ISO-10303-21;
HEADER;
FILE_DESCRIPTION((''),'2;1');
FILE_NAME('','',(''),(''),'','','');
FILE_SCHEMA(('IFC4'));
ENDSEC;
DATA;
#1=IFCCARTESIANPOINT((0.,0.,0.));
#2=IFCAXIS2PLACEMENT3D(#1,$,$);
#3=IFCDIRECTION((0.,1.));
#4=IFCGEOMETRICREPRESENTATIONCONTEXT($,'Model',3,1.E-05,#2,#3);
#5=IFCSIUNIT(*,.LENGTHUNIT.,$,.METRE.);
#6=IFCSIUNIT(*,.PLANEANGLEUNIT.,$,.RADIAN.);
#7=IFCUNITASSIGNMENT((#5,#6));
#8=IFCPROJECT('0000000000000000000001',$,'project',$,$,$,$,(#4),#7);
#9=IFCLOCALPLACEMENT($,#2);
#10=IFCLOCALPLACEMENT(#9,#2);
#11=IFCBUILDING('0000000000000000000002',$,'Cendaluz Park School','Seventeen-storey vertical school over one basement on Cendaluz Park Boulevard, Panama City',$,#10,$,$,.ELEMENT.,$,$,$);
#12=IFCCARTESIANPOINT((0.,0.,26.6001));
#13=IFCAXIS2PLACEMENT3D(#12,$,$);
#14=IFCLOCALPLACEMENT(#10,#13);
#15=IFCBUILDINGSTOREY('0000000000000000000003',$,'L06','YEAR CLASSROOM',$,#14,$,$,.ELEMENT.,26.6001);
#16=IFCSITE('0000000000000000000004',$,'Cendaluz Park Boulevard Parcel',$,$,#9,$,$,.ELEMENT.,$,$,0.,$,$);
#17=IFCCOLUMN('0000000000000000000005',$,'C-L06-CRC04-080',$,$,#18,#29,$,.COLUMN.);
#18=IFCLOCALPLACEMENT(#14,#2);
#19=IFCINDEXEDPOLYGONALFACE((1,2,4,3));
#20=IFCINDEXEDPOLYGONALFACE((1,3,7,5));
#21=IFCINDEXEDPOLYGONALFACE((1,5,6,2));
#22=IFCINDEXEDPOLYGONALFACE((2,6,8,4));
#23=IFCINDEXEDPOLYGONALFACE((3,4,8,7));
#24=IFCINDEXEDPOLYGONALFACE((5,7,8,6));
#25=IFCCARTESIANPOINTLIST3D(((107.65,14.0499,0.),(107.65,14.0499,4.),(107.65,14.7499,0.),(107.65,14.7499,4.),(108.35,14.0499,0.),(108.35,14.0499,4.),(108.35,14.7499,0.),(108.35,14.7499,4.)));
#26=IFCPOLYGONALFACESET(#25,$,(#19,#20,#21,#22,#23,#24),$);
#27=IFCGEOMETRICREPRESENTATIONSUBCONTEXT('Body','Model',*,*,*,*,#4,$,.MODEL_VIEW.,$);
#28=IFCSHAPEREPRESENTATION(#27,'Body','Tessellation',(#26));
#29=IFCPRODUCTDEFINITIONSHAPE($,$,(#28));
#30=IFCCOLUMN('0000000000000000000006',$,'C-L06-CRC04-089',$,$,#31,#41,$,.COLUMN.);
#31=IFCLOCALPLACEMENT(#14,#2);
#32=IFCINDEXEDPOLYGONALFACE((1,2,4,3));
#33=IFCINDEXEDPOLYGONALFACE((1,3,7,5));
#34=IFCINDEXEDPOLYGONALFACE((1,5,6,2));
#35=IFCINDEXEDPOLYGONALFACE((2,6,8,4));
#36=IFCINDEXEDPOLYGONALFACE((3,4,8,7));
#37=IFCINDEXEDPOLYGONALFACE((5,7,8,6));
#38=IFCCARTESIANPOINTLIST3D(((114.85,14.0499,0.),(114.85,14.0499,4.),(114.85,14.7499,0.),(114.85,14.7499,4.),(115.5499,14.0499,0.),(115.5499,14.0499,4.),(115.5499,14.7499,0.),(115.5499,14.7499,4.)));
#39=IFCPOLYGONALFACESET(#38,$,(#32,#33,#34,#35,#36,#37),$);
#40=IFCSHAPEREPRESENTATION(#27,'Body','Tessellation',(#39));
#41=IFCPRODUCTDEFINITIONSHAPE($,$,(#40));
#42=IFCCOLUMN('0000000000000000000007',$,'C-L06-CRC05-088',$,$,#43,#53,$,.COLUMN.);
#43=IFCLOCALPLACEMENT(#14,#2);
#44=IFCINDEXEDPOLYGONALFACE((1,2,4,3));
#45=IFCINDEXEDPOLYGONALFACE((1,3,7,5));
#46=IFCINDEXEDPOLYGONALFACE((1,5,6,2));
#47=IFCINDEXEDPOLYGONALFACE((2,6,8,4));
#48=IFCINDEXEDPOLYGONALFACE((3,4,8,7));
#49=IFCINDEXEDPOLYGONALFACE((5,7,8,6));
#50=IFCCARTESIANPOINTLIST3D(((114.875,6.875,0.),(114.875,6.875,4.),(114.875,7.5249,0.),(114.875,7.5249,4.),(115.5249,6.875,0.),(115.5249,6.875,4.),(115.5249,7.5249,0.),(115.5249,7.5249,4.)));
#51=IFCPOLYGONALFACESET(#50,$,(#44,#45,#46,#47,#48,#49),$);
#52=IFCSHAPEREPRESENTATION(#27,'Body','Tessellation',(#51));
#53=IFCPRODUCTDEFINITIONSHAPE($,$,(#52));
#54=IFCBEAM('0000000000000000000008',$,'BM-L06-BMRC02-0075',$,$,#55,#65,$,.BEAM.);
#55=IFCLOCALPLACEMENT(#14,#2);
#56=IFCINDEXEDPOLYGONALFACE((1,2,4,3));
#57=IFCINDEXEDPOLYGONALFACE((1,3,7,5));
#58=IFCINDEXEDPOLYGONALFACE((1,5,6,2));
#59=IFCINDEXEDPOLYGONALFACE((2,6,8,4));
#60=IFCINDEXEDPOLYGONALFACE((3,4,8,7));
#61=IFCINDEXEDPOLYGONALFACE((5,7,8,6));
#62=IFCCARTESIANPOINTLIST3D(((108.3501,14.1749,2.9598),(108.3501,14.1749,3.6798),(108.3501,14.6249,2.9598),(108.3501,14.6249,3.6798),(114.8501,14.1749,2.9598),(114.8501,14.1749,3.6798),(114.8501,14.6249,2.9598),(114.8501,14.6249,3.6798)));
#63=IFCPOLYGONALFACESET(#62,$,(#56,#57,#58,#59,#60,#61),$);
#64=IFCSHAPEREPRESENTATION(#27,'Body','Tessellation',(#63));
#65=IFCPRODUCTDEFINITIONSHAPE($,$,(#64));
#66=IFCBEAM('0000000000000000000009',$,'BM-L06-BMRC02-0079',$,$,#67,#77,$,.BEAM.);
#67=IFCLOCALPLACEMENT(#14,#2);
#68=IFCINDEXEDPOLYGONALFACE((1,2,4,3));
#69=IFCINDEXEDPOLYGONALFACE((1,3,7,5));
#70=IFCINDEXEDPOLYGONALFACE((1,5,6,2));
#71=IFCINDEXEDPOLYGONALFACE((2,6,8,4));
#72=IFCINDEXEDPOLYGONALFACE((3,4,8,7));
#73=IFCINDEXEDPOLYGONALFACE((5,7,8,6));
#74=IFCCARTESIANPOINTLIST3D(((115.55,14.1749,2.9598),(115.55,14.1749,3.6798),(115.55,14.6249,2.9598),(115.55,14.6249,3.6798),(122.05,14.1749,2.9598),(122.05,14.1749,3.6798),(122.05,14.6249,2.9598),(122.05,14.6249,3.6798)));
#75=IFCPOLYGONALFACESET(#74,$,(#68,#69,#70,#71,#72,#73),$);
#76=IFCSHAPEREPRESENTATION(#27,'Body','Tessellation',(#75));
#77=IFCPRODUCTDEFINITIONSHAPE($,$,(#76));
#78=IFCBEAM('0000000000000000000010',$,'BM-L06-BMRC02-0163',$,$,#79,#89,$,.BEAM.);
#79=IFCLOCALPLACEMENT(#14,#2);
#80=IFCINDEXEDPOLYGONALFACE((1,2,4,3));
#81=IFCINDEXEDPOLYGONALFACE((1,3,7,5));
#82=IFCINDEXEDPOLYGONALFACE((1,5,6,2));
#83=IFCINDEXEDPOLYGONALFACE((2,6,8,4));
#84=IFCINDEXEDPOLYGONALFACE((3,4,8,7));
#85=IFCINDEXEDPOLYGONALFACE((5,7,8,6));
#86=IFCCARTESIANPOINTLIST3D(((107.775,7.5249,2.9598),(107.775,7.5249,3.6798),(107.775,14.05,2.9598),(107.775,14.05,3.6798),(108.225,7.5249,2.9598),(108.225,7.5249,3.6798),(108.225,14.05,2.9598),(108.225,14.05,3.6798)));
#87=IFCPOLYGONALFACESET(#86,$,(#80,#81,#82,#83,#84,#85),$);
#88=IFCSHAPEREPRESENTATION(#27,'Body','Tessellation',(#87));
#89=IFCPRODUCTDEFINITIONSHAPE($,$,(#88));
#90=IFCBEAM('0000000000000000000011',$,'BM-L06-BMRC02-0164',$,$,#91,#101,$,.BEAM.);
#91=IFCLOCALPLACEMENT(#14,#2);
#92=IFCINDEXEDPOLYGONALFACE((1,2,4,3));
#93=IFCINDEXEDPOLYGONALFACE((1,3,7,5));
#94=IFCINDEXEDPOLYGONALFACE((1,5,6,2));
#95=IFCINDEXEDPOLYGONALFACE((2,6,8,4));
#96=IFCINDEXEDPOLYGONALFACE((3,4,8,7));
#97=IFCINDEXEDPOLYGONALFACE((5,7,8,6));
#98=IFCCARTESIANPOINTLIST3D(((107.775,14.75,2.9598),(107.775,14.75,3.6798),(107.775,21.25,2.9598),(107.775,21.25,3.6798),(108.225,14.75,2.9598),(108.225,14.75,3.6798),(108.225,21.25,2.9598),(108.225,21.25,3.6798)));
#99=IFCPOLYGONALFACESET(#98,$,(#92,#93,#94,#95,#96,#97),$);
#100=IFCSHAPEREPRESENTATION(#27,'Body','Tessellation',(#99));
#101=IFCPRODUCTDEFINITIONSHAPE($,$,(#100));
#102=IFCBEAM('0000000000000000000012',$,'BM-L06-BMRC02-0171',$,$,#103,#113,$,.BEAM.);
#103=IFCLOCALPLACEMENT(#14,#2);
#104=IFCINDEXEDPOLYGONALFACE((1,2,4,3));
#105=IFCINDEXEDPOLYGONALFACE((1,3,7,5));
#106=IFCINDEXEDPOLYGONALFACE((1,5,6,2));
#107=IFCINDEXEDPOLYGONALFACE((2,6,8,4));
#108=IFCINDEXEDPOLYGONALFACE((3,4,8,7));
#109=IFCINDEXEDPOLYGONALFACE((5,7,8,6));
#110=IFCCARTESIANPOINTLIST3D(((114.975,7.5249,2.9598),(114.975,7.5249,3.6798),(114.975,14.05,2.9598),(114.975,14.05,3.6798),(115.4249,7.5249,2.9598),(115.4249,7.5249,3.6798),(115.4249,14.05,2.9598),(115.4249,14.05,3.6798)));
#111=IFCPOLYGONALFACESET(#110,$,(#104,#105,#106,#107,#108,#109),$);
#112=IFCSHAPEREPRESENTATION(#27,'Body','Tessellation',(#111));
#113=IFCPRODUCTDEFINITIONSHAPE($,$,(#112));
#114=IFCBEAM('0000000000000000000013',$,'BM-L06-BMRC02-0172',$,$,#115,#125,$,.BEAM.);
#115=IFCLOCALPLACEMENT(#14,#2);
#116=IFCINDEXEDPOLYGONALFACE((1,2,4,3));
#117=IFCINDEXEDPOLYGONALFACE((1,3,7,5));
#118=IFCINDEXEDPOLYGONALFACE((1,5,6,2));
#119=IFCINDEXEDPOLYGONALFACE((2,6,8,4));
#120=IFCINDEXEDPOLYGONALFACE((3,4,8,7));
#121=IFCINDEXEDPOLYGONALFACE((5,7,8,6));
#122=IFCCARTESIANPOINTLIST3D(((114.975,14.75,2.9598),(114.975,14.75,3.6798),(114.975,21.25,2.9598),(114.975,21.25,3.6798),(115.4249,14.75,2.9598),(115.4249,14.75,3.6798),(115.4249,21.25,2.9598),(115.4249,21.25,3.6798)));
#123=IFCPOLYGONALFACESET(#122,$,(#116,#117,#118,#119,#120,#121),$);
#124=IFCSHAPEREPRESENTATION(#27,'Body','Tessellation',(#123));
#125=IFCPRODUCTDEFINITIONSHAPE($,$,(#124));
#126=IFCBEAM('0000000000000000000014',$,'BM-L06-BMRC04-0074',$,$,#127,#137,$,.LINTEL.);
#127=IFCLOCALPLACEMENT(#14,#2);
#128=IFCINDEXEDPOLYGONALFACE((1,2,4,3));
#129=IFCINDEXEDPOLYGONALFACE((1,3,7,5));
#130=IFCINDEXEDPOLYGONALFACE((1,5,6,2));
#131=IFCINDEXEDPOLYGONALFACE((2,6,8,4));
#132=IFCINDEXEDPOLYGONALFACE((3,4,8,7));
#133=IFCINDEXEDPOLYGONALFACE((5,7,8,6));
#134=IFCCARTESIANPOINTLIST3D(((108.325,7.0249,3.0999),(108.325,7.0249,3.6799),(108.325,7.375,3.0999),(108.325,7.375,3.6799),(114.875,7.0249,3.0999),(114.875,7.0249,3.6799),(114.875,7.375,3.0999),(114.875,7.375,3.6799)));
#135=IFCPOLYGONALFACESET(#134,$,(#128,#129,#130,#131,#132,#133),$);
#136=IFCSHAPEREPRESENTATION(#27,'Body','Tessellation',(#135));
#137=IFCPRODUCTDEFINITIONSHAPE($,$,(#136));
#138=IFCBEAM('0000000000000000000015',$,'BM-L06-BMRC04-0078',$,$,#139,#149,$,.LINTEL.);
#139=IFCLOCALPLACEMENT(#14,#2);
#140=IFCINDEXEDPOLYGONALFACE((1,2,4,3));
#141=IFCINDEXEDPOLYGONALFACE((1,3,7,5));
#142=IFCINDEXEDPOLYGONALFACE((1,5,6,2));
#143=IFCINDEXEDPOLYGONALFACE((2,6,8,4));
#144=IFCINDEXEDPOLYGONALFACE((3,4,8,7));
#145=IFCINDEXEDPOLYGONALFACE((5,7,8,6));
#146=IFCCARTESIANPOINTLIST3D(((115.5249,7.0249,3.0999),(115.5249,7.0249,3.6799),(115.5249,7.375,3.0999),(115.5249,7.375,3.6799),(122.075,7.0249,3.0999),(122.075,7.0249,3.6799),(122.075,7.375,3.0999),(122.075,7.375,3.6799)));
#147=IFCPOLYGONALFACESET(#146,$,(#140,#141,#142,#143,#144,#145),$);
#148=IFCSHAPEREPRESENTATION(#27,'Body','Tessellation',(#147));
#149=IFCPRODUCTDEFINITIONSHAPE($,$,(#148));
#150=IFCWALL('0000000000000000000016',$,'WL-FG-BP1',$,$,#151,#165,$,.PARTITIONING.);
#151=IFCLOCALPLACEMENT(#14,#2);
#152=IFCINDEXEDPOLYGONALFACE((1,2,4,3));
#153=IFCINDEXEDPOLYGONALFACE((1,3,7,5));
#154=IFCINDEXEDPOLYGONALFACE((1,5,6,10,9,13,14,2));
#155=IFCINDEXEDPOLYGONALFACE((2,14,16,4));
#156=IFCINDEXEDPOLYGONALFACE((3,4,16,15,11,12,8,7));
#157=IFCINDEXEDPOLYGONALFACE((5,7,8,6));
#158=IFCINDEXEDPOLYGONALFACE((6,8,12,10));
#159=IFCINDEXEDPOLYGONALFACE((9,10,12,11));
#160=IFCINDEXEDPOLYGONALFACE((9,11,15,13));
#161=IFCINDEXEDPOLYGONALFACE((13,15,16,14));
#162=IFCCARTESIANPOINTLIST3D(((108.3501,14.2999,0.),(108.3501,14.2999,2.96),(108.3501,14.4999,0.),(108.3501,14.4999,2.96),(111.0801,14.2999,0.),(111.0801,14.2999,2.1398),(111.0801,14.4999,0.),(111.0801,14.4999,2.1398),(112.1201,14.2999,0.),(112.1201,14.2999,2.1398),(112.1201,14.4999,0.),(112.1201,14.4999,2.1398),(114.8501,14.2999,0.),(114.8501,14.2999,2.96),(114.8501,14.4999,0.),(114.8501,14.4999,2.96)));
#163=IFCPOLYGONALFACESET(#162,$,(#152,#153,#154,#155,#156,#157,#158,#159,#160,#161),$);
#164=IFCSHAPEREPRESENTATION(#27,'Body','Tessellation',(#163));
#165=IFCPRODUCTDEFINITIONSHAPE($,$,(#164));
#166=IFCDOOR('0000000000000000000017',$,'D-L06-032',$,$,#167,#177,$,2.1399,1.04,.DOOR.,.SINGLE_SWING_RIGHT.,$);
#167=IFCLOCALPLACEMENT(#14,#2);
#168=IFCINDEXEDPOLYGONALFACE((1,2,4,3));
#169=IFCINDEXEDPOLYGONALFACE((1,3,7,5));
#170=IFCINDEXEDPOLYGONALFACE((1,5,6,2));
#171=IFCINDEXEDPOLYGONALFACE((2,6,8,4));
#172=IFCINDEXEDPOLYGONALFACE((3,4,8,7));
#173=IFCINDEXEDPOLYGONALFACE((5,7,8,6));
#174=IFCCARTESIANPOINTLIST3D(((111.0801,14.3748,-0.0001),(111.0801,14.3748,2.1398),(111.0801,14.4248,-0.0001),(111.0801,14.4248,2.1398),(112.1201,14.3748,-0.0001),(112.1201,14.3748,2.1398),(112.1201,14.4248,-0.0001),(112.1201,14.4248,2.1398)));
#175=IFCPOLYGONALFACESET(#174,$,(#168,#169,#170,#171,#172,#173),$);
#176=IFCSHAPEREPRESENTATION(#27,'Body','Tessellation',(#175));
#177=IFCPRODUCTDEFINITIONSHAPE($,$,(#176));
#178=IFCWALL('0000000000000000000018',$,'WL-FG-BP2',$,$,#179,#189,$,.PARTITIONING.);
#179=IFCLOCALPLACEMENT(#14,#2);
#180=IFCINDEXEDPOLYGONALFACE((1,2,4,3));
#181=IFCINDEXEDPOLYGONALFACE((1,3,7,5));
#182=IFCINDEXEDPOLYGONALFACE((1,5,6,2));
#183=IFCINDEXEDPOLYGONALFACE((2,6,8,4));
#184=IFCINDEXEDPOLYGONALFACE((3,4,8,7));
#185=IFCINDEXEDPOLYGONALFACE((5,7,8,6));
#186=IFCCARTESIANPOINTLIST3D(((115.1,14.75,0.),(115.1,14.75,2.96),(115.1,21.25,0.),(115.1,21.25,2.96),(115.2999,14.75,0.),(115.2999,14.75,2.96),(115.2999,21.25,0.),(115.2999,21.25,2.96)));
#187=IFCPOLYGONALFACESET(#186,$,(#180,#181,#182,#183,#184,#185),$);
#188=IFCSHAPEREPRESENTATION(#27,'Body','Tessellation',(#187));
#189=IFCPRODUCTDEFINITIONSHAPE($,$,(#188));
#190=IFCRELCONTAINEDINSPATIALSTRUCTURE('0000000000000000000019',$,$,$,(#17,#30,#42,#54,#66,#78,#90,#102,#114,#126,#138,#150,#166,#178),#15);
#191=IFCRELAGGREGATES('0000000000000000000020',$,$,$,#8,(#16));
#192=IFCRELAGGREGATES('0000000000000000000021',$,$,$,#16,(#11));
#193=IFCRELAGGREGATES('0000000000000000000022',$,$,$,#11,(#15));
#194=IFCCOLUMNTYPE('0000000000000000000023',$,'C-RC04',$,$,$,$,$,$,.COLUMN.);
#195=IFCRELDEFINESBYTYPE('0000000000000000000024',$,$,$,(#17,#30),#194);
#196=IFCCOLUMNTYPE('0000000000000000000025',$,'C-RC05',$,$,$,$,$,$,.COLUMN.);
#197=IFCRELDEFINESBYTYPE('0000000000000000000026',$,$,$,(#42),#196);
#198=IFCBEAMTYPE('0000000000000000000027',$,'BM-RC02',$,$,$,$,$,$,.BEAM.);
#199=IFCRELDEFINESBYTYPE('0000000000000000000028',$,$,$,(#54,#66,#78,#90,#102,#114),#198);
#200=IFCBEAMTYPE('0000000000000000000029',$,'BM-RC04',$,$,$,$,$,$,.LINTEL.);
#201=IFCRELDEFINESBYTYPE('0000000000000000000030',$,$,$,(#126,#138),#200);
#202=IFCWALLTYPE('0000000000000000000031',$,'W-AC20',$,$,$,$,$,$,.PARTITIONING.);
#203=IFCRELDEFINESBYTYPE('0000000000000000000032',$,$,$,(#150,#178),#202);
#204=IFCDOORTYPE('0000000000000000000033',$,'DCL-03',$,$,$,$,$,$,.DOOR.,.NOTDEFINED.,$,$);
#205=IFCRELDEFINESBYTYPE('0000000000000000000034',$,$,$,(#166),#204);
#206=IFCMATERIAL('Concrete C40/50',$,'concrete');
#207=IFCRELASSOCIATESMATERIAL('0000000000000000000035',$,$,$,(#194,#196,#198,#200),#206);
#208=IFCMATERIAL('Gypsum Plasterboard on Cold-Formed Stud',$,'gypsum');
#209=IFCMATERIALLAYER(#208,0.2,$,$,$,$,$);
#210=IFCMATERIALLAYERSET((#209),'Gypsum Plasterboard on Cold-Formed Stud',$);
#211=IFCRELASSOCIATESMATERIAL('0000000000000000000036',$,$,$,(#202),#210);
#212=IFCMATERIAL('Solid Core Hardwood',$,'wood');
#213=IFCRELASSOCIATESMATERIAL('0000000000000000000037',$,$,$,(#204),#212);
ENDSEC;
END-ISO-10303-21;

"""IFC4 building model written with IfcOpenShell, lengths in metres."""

from ifc_helpers import new_model, si_unit, direction, frame, frame_2d, origin, origin_2d, place, context, subcontext, project, spatial, rectangle, extrude, material, layer, layer_set, material_profile, profile_set, type_object, element, fill, save


model = new_model("IFC4")

# Units and contexts
model_context = context("Model", 3, precision=1e-05, world=origin(), true_north=direction((0.0, 1.0)))
body_context = subcontext(model_context, "Body", "Model", "MODEL_VIEW")
ifc_project = project(units=[si_unit("LENGTHUNIT", "METRE"), si_unit("PLANEANGLEUNIT", "RADIAN")], contexts=[model_context])

# Site, building, storey
site_placement = place(None, origin())
site = spatial("IfcSite", under=ifc_project, at=site_placement, Name="Cendaluz Park Boulevard Parcel", CompositionType="ELEMENT", RefElevation=0.0)
building_placement = place(site_placement, origin())
building = spatial("IfcBuilding", under=site, at=building_placement, Name="Cendaluz Park School", Description="Seventeen-storey vertical school over one basement on Cendaluz Park Boulevard, Panama City", CompositionType="ELEMENT")
storey_placement = place(building_placement, frame((0.0, 0.0, 26.6001)))
storey = spatial("IfcBuildingStorey", under=building, at=storey_placement, Name="L06", Description="YEAR CLASSROOM", CompositionType="ELEMENT", Elevation=26.6001)

# Columns
ifc_material_1 = material(Name="Concrete C40/50", Category="concrete")
ifc_material_profile_1 = material_profile(ifc_material_1, rectangle(XDim=0.7, YDim=0.7, at=origin_2d()), Name="RC 700x700", Category="concrete")
ifc_profile_set_1 = profile_set([ifc_material_profile_1], Name="Concrete C40/50")
column_type_1 = type_object("IfcColumnType", Name="C-RC04", PredefinedType="COLUMN", material=ifc_profile_set_1)
for number, where, z_axis, x_axis, name in (
    (1, (108.0, 14.3999, 0.0), (0.0, 0.0, 1.0), (1.0, 0.0, 0.0), "C-L06-CRC04-080"),
    (2, (115.2, 14.3999, 0.0), (0.0, 0.0, 1.0), (1.0, 0.0, 0.0), "C-L06-CRC04-089"),
):
    element("IfcColumn", number, at=place(storey_placement, frame(where, z_axis=z_axis, x_axis=x_axis)), inside=storey, type_object=column_type_1, Name=name, PredefinedType="COLUMN", context=body_context, shape_type="SweptSolid", body=[
        extrude(rectangle(XDim=0.7, YDim=0.7, at=origin_2d()), origin(), (0.0, 0.0, 1.0), 4.0),
    ])
ifc_material_profile_2 = material_profile(ifc_material_1, rectangle(XDim=0.6499, YDim=0.6499, at=origin_2d()), Name="RC 650x650", Category="concrete")
ifc_profile_set_2 = profile_set([ifc_material_profile_2], Name="Concrete C40/50")
column_type_2 = type_object("IfcColumnType", Name="C-RC05", PredefinedType="COLUMN", material=ifc_profile_set_2)
column_placement = place(storey_placement, frame((115.2, 7.2, 0.0), z_axis=(0.0, 0.0, 1.0), x_axis=(1.0, 0.0, 0.0)))
element("IfcColumn", 3, at=column_placement, inside=storey, type_object=column_type_2, Name="C-L06-CRC05-088", PredefinedType="COLUMN", context=body_context, shape_type="SweptSolid", body=[
    extrude(rectangle(XDim=0.6499, YDim=0.6499, at=origin_2d()), origin(), (0.0, 0.0, 1.0), 4.0),
])

# Beams
ifc_material_profile_3 = material_profile(ifc_material_1, rectangle(XDim=0.45, YDim=0.72, at=origin_2d()), Name="RC 450x720", Category="concrete")
ifc_profile_set_3 = profile_set([ifc_material_profile_3], Name="Concrete C40/50")
beam_type_1 = type_object("IfcBeamType", Name="BM-RC02", PredefinedType="BEAM", material=ifc_profile_set_3)
for number, where, z_axis, x_axis, name in (
    (4, (108.3501, 14.3999, 3.3198), (1.0, 0.0, 0.0), (0.0, 1.0, 0.0), "BM-L06-BMRC02-0075"),
    (5, (115.55, 14.3999, 3.3198), (1.0, 0.0, 0.0), (0.0, 1.0, 0.0), "BM-L06-BMRC02-0079"),
):
    element("IfcBeam", number, at=place(storey_placement, frame(where, z_axis=z_axis, x_axis=x_axis)), inside=storey, type_object=beam_type_1, Name=name, PredefinedType="BEAM", context=body_context, shape_type="SweptSolid", body=[
        extrude(rectangle(XDim=0.45, YDim=0.72, at=origin_2d()), origin(), (0.0, 0.0, 1.0), 6.5),
    ])
beam_1_placement = place(storey_placement, frame((108.0, 7.5249, 3.3198), z_axis=(0.0, 1.0, 0.0), x_axis=(-1.0, 0.0, 0.0)))
element("IfcBeam", 6, at=beam_1_placement, inside=storey, type_object=beam_type_1, Name="BM-L06-BMRC02-0163", PredefinedType="BEAM", context=body_context, shape_type="SweptSolid", body=[
    extrude(rectangle(XDim=0.45, YDim=0.72, at=origin_2d()), origin(), (0.0, 0.0, 1.0), 6.5251),
])
beam_2_placement = place(storey_placement, frame((108.0, 14.75, 3.3198), z_axis=(0.0, 1.0, 0.0), x_axis=(-1.0, 0.0, 0.0)))
element("IfcBeam", 7, at=beam_2_placement, inside=storey, type_object=beam_type_1, Name="BM-L06-BMRC02-0164", PredefinedType="BEAM", context=body_context, shape_type="SweptSolid", body=[
    extrude(rectangle(XDim=0.45, YDim=0.72, at=origin_2d()), origin(), (0.0, 0.0, 1.0), 6.5),
])
beam_3_placement = place(storey_placement, frame((115.2, 7.5249, 3.3198), z_axis=(0.0, 1.0, 0.0), x_axis=(-1.0, 0.0, 0.0)))
element("IfcBeam", 8, at=beam_3_placement, inside=storey, type_object=beam_type_1, Name="BM-L06-BMRC02-0171", PredefinedType="BEAM", context=body_context, shape_type="SweptSolid", body=[
    extrude(rectangle(XDim=0.45, YDim=0.72, at=origin_2d()), origin(), (0.0, 0.0, 1.0), 6.5251),
])
beam_4_placement = place(storey_placement, frame((115.2, 14.75, 3.3198), z_axis=(0.0, 1.0, 0.0), x_axis=(-1.0, 0.0, 0.0)))
element("IfcBeam", 9, at=beam_4_placement, inside=storey, type_object=beam_type_1, Name="BM-L06-BMRC02-0172", PredefinedType="BEAM", context=body_context, shape_type="SweptSolid", body=[
    extrude(rectangle(XDim=0.45, YDim=0.72, at=origin_2d()), origin(), (0.0, 0.0, 1.0), 6.5),
])
ifc_material_profile_4 = material_profile(ifc_material_1, rectangle(XDim=0.3501, YDim=0.5801, at=origin_2d()), Name="RC 350x580", Category="concrete")
ifc_profile_set_4 = profile_set([ifc_material_profile_4], Name="Concrete C40/50")
beam_type_2 = type_object("IfcBeamType", Name="BM-RC04", PredefinedType="LINTEL", material=ifc_profile_set_4)
for number, where, z_axis, x_axis, name in (
    (10, (108.325, 7.2, 3.3899), (1.0, 0.0, 0.0), (0.0, 1.0, 0.0), "BM-L06-BMRC04-0074"),
    (11, (115.5249, 7.2, 3.3899), (1.0, 0.0, 0.0), (0.0, 1.0, 0.0), "BM-L06-BMRC04-0078"),
):
    element("IfcBeam", number, at=place(storey_placement, frame(where, z_axis=z_axis, x_axis=x_axis)), inside=storey, type_object=beam_type_2, Name=name, PredefinedType="LINTEL", context=body_context, shape_type="SweptSolid", body=[
        extrude(rectangle(XDim=0.3501, YDim=0.5801, at=origin_2d()), origin(), (0.0, 0.0, 1.0), 6.55),
    ])

# Wall, opening, door
ifc_material_2 = material(Name="Gypsum Plasterboard on Cold-Formed Stud", Category="gypsum")
ifc_layer_1 = layer(ifc_material_2, 0.2)
ifc_layer_set_1 = layer_set([ifc_layer_1], Name="Gypsum Plasterboard on Cold-Formed Stud")
wall_type_1 = type_object("IfcWallType", Name="W-AC20", PredefinedType="PARTITIONING", material=ifc_layer_set_1)
wall_1_placement = place(storey_placement, frame((108.3501, 14.3999, 0.0), z_axis=(0.0, 0.0, 1.0), x_axis=(1.0, 0.0, 0.0)))
wall_1 = element("IfcWall", 12, at=wall_1_placement, inside=storey, type_object=wall_type_1, Name="WL-FG-BP1", PredefinedType="PARTITIONING", context=body_context, shape_type="SweptSolid", body=[
    extrude(rectangle(XDim=6.5, YDim=0.2, at=frame_2d((3.25, 0.0))), origin(), (0.0, 0.0, 1.0), 2.96),
])
opening_1_placement = place(wall_1_placement, frame((2.73, 0.0, 0.0)))
opening_1 = element("IfcOpeningElement", 13, at=opening_1_placement, cuts=wall_1, PredefinedType="OPENING", context=body_context, shape_type="SweptSolid", body=[
    extrude(rectangle(XDim=1.04, YDim=2.1399, at=frame_2d((0.52, 1.0698))), frame((0.0, 0.1121, 0.0), z_axis=(0.0, -1.0, 0.0), x_axis=(1.0, 0.0, 0.0)), (0.0, 0.0, 1.0), 0.2239),
])
ifc_material_3 = material(Name="Solid Core Hardwood", Category="wood")
door_type = type_object("IfcDoorType", Name="DCL-03", OperationType="NOTDEFINED", PredefinedType="DOOR", material=ifc_material_3)
door_placement = place(opening_1_placement, origin())
door = element("IfcDoor", 14, at=door_placement, inside=storey, type_object=door_type, Name="D-L06-032", OperationType="SINGLE_SWING_RIGHT", OverallHeight=2.1399, OverallWidth=1.04, PredefinedType="DOOR", context=body_context, shape_type="SweptSolid", body=[
    extrude(rectangle(XDim=1.04, YDim=2.1399, at=frame_2d((0.52, 1.0698))), frame((0.0, 0.0249, 0.0), z_axis=(0.0, -1.0, 0.0), x_axis=(1.0, 0.0, 0.0)), (0.0, 0.0, 1.0), 0.05),
])
fill(opening_1, door)

# Wall
wall_2_placement = place(storey_placement, frame((115.2, 14.75, 0.0), z_axis=(0.0, 0.0, 1.0), x_axis=(0.0, 1.0, 0.0)))
element("IfcWall", 15, at=wall_2_placement, inside=storey, type_object=wall_type_1, Name="WL-FG-BP2", PredefinedType="PARTITIONING", context=body_context, shape_type="SweptSolid", body=[
    extrude(rectangle(XDim=6.5, YDim=0.2, at=frame_2d((3.25, 0.0))), origin(), (0.0, 0.0, 1.0), 2.96),
])

save(model, "model.ifc")
